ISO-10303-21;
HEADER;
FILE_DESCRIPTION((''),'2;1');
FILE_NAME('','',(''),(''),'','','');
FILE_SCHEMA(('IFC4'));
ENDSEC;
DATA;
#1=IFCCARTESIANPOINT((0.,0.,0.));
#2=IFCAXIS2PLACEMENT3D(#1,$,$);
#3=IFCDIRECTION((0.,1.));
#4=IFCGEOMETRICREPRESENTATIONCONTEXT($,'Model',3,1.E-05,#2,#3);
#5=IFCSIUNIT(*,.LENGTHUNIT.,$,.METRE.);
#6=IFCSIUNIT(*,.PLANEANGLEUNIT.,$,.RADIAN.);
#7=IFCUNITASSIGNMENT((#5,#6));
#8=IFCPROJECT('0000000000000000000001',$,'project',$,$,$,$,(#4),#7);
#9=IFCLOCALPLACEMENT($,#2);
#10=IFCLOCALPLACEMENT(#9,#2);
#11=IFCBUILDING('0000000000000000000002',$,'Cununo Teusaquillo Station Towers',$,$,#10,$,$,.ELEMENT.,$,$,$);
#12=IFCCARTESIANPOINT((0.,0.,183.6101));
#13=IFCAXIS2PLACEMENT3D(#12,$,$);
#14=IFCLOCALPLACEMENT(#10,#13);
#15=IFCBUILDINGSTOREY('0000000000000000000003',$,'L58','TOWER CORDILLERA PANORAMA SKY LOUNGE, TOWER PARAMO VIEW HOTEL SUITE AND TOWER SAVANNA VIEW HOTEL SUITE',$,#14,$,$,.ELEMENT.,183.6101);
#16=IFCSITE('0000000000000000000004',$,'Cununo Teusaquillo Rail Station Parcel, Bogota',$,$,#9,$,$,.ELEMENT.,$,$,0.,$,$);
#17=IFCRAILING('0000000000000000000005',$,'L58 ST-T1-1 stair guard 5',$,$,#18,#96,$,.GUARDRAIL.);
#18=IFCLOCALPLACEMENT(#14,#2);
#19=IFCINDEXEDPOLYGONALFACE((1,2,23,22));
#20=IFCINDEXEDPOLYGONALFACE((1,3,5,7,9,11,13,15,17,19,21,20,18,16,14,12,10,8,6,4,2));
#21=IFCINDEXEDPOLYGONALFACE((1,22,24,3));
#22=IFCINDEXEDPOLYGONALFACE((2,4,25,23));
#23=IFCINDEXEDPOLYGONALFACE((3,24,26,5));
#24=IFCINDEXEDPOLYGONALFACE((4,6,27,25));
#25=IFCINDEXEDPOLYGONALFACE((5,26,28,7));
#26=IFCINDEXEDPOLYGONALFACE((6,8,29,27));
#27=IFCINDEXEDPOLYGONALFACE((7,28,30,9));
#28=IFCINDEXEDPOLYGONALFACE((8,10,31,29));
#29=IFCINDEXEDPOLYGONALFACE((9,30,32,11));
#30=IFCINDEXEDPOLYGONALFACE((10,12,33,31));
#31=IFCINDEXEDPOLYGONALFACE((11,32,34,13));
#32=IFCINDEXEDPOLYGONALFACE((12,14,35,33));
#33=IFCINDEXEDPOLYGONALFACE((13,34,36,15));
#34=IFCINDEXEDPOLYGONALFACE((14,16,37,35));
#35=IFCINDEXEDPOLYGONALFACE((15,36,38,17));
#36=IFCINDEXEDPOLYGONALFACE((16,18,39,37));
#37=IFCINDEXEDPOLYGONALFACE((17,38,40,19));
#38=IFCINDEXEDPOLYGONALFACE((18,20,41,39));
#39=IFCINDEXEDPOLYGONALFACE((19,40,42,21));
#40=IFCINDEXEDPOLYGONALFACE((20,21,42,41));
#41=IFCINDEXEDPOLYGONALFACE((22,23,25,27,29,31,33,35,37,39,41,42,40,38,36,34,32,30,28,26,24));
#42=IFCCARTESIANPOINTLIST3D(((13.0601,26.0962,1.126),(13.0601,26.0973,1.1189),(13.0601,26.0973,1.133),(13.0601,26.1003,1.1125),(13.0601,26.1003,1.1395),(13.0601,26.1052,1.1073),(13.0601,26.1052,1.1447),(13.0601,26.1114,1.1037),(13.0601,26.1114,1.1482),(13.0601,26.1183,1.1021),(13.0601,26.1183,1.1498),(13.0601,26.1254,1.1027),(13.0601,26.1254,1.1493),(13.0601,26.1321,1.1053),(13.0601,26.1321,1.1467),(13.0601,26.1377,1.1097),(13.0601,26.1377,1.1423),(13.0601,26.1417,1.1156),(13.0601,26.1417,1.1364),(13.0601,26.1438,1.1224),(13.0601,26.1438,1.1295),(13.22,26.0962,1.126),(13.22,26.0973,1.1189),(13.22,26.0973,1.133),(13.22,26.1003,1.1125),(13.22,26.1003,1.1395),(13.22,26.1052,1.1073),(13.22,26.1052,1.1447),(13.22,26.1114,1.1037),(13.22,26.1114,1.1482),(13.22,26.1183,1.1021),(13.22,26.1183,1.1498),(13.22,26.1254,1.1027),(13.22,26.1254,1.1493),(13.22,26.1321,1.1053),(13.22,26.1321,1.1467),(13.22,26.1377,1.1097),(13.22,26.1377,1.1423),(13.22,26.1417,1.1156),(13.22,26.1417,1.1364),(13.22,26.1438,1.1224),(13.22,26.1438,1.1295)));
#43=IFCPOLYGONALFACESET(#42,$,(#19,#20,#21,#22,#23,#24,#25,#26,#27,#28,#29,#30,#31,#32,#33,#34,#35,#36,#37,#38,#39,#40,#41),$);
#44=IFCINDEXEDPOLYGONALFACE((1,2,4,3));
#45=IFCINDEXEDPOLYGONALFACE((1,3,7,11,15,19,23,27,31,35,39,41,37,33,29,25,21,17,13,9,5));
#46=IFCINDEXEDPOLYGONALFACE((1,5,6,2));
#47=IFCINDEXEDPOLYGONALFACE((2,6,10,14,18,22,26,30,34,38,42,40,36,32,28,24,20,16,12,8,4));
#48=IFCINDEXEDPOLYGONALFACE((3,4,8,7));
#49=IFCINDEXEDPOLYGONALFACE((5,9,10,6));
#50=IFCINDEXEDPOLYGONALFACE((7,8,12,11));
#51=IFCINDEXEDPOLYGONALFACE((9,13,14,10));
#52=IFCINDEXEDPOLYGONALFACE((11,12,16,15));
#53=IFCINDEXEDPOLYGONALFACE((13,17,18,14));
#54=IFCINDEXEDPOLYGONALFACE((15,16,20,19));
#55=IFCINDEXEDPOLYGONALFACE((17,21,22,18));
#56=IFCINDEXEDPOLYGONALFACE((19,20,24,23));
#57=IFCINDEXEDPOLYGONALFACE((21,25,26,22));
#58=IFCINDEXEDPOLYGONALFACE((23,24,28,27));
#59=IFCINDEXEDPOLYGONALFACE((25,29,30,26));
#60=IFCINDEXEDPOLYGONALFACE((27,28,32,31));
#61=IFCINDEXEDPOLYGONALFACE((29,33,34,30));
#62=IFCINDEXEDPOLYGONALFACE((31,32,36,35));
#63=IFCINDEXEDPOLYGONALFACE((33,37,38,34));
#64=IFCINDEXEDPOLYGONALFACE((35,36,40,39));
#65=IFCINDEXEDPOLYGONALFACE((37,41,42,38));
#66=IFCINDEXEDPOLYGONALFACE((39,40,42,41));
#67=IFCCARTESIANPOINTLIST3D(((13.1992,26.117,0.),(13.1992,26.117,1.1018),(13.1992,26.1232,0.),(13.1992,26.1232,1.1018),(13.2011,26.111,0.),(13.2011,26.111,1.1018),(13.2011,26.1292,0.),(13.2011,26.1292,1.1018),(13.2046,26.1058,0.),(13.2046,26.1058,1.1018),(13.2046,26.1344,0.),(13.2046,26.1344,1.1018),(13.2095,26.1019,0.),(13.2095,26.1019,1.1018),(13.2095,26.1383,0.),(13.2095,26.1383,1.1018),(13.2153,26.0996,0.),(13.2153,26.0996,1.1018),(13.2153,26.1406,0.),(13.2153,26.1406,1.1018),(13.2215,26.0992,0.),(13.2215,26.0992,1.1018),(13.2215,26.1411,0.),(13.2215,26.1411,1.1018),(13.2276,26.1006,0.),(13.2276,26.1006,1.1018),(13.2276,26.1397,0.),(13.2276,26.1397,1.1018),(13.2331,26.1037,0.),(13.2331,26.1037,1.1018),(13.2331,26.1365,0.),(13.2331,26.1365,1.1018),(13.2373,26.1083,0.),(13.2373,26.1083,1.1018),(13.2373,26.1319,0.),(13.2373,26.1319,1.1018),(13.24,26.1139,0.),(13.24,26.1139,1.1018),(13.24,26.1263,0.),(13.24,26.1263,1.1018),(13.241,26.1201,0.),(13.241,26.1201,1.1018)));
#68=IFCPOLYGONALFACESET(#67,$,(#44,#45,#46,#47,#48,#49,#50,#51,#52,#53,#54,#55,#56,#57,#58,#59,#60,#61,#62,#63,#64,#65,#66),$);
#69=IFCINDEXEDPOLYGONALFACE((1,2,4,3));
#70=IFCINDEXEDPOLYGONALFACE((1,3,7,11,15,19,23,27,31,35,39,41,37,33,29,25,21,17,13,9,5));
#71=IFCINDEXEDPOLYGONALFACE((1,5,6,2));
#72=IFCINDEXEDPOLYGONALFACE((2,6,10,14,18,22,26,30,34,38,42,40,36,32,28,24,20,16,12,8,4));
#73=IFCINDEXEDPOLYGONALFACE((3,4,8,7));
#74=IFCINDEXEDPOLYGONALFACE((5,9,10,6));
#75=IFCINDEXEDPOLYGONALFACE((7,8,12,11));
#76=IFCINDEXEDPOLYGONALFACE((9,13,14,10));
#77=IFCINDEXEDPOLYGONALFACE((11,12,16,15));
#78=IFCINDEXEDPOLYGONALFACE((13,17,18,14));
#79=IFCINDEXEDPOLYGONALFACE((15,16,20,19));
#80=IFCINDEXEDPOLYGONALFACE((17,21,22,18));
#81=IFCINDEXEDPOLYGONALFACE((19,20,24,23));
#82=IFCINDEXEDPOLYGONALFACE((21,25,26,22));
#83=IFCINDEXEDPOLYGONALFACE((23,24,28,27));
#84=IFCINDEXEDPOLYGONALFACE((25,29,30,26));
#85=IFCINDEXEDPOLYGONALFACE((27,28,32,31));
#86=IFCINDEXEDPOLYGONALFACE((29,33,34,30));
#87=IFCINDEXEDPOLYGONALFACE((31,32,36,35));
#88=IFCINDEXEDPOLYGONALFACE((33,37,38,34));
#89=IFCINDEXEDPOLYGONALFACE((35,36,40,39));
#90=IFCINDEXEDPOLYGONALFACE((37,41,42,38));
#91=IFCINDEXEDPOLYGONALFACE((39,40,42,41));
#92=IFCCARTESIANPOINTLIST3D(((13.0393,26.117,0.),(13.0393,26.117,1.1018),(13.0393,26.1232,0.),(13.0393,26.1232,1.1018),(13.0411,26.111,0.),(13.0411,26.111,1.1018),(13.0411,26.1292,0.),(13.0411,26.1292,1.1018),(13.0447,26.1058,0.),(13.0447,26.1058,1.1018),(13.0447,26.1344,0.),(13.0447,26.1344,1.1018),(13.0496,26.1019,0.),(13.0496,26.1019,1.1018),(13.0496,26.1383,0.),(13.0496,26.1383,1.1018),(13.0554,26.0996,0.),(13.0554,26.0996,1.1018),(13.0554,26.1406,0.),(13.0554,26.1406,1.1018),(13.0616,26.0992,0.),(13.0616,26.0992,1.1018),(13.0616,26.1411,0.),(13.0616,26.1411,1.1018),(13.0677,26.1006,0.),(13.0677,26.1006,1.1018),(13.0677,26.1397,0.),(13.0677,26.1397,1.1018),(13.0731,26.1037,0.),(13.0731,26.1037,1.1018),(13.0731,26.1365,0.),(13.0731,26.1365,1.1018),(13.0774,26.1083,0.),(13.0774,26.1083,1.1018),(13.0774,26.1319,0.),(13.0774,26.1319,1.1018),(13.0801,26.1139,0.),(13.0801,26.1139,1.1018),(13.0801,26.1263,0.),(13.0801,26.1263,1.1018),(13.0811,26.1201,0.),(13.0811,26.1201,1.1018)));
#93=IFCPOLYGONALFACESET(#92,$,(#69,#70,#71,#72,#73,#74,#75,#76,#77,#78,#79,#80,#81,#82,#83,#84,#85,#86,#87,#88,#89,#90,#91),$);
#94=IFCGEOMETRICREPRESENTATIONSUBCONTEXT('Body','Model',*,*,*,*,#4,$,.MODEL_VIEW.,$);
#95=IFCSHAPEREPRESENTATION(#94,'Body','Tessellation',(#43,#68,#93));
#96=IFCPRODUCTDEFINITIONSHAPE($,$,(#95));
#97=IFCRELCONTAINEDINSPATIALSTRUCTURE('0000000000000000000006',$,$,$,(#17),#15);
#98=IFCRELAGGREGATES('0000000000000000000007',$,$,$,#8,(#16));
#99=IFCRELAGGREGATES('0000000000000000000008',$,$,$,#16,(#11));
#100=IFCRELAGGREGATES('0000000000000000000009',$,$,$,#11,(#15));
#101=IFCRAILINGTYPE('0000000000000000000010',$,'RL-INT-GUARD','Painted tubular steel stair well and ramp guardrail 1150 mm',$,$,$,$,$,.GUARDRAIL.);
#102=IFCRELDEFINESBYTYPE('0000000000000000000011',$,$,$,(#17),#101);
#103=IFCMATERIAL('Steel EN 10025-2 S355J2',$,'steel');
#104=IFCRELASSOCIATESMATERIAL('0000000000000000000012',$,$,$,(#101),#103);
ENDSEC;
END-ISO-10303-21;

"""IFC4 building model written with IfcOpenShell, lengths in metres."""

from ifc_helpers import new_model, si_unit, direction, frame, origin, origin_2d, place, context, subcontext, project, spatial, circle, extrude, material, type_object, element, save


model = new_model("IFC4")

# Units and contexts
model_context = context("Model", 3, precision=1e-05, world=origin(), true_north=direction((0.0, 1.0)))
body_context = subcontext(model_context, "Body", "Model", "MODEL_VIEW")
ifc_project = project(units=[si_unit("LENGTHUNIT", "METRE"), si_unit("PLANEANGLEUNIT", "RADIAN")], contexts=[model_context])

# Site, building, storey
site_placement = place(None, origin())
site = spatial("IfcSite", under=ifc_project, at=site_placement, Name="Cununo Teusaquillo Rail Station Parcel, Bogota", CompositionType="ELEMENT", RefElevation=0.0)
building_placement = place(site_placement, origin())
building = spatial("IfcBuilding", under=site, at=building_placement, Name="Cununo Teusaquillo Station Towers", CompositionType="ELEMENT")
storey_placement = place(building_placement, frame((0.0, 0.0, 183.6101)))
storey = spatial("IfcBuildingStorey", under=building, at=storey_placement, Name="L58", Description="TOWER CORDILLERA PANORAMA SKY LOUNGE, TOWER PARAMO VIEW HOTEL SUITE AND TOWER SAVANNA VIEW HOTEL SUITE", CompositionType="ELEMENT", Elevation=183.6101)

# Railing
ifc_material_1 = material(Name="Steel EN 10025-2 S355J2", Category="steel")
railing_type_1 = type_object("IfcRailingType", Name="RL-INT-GUARD", Description="Painted tubular steel stair well and ramp guardrail 1150 mm", PredefinedType="GUARDRAIL", material=ifc_material_1)
railing_1_placement = place(storey_placement, frame((13.22, 26.1201, 0.0)))
element("IfcRailing", 1, at=railing_1_placement, inside=storey, type_object=railing_type_1, Name="L58 ST-T1-1 stair guard 5", PredefinedType="GUARDRAIL", context=body_context, shape_type="SweptSolid", body=[
    extrude(circle(Radius=0.0239, at=origin_2d()), frame((0.0, 0.0, 1.126), z_axis=(-1.0, 0.0, 0.0), x_axis=(0.0, -1.0, 0.0)), (0.0, 0.0, 1.0), 0.1599),
    extrude(circle(Radius=0.021, at=origin_2d()), origin(), (0.0, 0.0, 1.0), 1.1018),
    extrude(circle(Radius=0.021, at=origin_2d()), frame((-0.1599, 0.0, 0.0)), (0.0, 0.0, 1.0), 1.1018),
])

save(model, "model.ifc")
